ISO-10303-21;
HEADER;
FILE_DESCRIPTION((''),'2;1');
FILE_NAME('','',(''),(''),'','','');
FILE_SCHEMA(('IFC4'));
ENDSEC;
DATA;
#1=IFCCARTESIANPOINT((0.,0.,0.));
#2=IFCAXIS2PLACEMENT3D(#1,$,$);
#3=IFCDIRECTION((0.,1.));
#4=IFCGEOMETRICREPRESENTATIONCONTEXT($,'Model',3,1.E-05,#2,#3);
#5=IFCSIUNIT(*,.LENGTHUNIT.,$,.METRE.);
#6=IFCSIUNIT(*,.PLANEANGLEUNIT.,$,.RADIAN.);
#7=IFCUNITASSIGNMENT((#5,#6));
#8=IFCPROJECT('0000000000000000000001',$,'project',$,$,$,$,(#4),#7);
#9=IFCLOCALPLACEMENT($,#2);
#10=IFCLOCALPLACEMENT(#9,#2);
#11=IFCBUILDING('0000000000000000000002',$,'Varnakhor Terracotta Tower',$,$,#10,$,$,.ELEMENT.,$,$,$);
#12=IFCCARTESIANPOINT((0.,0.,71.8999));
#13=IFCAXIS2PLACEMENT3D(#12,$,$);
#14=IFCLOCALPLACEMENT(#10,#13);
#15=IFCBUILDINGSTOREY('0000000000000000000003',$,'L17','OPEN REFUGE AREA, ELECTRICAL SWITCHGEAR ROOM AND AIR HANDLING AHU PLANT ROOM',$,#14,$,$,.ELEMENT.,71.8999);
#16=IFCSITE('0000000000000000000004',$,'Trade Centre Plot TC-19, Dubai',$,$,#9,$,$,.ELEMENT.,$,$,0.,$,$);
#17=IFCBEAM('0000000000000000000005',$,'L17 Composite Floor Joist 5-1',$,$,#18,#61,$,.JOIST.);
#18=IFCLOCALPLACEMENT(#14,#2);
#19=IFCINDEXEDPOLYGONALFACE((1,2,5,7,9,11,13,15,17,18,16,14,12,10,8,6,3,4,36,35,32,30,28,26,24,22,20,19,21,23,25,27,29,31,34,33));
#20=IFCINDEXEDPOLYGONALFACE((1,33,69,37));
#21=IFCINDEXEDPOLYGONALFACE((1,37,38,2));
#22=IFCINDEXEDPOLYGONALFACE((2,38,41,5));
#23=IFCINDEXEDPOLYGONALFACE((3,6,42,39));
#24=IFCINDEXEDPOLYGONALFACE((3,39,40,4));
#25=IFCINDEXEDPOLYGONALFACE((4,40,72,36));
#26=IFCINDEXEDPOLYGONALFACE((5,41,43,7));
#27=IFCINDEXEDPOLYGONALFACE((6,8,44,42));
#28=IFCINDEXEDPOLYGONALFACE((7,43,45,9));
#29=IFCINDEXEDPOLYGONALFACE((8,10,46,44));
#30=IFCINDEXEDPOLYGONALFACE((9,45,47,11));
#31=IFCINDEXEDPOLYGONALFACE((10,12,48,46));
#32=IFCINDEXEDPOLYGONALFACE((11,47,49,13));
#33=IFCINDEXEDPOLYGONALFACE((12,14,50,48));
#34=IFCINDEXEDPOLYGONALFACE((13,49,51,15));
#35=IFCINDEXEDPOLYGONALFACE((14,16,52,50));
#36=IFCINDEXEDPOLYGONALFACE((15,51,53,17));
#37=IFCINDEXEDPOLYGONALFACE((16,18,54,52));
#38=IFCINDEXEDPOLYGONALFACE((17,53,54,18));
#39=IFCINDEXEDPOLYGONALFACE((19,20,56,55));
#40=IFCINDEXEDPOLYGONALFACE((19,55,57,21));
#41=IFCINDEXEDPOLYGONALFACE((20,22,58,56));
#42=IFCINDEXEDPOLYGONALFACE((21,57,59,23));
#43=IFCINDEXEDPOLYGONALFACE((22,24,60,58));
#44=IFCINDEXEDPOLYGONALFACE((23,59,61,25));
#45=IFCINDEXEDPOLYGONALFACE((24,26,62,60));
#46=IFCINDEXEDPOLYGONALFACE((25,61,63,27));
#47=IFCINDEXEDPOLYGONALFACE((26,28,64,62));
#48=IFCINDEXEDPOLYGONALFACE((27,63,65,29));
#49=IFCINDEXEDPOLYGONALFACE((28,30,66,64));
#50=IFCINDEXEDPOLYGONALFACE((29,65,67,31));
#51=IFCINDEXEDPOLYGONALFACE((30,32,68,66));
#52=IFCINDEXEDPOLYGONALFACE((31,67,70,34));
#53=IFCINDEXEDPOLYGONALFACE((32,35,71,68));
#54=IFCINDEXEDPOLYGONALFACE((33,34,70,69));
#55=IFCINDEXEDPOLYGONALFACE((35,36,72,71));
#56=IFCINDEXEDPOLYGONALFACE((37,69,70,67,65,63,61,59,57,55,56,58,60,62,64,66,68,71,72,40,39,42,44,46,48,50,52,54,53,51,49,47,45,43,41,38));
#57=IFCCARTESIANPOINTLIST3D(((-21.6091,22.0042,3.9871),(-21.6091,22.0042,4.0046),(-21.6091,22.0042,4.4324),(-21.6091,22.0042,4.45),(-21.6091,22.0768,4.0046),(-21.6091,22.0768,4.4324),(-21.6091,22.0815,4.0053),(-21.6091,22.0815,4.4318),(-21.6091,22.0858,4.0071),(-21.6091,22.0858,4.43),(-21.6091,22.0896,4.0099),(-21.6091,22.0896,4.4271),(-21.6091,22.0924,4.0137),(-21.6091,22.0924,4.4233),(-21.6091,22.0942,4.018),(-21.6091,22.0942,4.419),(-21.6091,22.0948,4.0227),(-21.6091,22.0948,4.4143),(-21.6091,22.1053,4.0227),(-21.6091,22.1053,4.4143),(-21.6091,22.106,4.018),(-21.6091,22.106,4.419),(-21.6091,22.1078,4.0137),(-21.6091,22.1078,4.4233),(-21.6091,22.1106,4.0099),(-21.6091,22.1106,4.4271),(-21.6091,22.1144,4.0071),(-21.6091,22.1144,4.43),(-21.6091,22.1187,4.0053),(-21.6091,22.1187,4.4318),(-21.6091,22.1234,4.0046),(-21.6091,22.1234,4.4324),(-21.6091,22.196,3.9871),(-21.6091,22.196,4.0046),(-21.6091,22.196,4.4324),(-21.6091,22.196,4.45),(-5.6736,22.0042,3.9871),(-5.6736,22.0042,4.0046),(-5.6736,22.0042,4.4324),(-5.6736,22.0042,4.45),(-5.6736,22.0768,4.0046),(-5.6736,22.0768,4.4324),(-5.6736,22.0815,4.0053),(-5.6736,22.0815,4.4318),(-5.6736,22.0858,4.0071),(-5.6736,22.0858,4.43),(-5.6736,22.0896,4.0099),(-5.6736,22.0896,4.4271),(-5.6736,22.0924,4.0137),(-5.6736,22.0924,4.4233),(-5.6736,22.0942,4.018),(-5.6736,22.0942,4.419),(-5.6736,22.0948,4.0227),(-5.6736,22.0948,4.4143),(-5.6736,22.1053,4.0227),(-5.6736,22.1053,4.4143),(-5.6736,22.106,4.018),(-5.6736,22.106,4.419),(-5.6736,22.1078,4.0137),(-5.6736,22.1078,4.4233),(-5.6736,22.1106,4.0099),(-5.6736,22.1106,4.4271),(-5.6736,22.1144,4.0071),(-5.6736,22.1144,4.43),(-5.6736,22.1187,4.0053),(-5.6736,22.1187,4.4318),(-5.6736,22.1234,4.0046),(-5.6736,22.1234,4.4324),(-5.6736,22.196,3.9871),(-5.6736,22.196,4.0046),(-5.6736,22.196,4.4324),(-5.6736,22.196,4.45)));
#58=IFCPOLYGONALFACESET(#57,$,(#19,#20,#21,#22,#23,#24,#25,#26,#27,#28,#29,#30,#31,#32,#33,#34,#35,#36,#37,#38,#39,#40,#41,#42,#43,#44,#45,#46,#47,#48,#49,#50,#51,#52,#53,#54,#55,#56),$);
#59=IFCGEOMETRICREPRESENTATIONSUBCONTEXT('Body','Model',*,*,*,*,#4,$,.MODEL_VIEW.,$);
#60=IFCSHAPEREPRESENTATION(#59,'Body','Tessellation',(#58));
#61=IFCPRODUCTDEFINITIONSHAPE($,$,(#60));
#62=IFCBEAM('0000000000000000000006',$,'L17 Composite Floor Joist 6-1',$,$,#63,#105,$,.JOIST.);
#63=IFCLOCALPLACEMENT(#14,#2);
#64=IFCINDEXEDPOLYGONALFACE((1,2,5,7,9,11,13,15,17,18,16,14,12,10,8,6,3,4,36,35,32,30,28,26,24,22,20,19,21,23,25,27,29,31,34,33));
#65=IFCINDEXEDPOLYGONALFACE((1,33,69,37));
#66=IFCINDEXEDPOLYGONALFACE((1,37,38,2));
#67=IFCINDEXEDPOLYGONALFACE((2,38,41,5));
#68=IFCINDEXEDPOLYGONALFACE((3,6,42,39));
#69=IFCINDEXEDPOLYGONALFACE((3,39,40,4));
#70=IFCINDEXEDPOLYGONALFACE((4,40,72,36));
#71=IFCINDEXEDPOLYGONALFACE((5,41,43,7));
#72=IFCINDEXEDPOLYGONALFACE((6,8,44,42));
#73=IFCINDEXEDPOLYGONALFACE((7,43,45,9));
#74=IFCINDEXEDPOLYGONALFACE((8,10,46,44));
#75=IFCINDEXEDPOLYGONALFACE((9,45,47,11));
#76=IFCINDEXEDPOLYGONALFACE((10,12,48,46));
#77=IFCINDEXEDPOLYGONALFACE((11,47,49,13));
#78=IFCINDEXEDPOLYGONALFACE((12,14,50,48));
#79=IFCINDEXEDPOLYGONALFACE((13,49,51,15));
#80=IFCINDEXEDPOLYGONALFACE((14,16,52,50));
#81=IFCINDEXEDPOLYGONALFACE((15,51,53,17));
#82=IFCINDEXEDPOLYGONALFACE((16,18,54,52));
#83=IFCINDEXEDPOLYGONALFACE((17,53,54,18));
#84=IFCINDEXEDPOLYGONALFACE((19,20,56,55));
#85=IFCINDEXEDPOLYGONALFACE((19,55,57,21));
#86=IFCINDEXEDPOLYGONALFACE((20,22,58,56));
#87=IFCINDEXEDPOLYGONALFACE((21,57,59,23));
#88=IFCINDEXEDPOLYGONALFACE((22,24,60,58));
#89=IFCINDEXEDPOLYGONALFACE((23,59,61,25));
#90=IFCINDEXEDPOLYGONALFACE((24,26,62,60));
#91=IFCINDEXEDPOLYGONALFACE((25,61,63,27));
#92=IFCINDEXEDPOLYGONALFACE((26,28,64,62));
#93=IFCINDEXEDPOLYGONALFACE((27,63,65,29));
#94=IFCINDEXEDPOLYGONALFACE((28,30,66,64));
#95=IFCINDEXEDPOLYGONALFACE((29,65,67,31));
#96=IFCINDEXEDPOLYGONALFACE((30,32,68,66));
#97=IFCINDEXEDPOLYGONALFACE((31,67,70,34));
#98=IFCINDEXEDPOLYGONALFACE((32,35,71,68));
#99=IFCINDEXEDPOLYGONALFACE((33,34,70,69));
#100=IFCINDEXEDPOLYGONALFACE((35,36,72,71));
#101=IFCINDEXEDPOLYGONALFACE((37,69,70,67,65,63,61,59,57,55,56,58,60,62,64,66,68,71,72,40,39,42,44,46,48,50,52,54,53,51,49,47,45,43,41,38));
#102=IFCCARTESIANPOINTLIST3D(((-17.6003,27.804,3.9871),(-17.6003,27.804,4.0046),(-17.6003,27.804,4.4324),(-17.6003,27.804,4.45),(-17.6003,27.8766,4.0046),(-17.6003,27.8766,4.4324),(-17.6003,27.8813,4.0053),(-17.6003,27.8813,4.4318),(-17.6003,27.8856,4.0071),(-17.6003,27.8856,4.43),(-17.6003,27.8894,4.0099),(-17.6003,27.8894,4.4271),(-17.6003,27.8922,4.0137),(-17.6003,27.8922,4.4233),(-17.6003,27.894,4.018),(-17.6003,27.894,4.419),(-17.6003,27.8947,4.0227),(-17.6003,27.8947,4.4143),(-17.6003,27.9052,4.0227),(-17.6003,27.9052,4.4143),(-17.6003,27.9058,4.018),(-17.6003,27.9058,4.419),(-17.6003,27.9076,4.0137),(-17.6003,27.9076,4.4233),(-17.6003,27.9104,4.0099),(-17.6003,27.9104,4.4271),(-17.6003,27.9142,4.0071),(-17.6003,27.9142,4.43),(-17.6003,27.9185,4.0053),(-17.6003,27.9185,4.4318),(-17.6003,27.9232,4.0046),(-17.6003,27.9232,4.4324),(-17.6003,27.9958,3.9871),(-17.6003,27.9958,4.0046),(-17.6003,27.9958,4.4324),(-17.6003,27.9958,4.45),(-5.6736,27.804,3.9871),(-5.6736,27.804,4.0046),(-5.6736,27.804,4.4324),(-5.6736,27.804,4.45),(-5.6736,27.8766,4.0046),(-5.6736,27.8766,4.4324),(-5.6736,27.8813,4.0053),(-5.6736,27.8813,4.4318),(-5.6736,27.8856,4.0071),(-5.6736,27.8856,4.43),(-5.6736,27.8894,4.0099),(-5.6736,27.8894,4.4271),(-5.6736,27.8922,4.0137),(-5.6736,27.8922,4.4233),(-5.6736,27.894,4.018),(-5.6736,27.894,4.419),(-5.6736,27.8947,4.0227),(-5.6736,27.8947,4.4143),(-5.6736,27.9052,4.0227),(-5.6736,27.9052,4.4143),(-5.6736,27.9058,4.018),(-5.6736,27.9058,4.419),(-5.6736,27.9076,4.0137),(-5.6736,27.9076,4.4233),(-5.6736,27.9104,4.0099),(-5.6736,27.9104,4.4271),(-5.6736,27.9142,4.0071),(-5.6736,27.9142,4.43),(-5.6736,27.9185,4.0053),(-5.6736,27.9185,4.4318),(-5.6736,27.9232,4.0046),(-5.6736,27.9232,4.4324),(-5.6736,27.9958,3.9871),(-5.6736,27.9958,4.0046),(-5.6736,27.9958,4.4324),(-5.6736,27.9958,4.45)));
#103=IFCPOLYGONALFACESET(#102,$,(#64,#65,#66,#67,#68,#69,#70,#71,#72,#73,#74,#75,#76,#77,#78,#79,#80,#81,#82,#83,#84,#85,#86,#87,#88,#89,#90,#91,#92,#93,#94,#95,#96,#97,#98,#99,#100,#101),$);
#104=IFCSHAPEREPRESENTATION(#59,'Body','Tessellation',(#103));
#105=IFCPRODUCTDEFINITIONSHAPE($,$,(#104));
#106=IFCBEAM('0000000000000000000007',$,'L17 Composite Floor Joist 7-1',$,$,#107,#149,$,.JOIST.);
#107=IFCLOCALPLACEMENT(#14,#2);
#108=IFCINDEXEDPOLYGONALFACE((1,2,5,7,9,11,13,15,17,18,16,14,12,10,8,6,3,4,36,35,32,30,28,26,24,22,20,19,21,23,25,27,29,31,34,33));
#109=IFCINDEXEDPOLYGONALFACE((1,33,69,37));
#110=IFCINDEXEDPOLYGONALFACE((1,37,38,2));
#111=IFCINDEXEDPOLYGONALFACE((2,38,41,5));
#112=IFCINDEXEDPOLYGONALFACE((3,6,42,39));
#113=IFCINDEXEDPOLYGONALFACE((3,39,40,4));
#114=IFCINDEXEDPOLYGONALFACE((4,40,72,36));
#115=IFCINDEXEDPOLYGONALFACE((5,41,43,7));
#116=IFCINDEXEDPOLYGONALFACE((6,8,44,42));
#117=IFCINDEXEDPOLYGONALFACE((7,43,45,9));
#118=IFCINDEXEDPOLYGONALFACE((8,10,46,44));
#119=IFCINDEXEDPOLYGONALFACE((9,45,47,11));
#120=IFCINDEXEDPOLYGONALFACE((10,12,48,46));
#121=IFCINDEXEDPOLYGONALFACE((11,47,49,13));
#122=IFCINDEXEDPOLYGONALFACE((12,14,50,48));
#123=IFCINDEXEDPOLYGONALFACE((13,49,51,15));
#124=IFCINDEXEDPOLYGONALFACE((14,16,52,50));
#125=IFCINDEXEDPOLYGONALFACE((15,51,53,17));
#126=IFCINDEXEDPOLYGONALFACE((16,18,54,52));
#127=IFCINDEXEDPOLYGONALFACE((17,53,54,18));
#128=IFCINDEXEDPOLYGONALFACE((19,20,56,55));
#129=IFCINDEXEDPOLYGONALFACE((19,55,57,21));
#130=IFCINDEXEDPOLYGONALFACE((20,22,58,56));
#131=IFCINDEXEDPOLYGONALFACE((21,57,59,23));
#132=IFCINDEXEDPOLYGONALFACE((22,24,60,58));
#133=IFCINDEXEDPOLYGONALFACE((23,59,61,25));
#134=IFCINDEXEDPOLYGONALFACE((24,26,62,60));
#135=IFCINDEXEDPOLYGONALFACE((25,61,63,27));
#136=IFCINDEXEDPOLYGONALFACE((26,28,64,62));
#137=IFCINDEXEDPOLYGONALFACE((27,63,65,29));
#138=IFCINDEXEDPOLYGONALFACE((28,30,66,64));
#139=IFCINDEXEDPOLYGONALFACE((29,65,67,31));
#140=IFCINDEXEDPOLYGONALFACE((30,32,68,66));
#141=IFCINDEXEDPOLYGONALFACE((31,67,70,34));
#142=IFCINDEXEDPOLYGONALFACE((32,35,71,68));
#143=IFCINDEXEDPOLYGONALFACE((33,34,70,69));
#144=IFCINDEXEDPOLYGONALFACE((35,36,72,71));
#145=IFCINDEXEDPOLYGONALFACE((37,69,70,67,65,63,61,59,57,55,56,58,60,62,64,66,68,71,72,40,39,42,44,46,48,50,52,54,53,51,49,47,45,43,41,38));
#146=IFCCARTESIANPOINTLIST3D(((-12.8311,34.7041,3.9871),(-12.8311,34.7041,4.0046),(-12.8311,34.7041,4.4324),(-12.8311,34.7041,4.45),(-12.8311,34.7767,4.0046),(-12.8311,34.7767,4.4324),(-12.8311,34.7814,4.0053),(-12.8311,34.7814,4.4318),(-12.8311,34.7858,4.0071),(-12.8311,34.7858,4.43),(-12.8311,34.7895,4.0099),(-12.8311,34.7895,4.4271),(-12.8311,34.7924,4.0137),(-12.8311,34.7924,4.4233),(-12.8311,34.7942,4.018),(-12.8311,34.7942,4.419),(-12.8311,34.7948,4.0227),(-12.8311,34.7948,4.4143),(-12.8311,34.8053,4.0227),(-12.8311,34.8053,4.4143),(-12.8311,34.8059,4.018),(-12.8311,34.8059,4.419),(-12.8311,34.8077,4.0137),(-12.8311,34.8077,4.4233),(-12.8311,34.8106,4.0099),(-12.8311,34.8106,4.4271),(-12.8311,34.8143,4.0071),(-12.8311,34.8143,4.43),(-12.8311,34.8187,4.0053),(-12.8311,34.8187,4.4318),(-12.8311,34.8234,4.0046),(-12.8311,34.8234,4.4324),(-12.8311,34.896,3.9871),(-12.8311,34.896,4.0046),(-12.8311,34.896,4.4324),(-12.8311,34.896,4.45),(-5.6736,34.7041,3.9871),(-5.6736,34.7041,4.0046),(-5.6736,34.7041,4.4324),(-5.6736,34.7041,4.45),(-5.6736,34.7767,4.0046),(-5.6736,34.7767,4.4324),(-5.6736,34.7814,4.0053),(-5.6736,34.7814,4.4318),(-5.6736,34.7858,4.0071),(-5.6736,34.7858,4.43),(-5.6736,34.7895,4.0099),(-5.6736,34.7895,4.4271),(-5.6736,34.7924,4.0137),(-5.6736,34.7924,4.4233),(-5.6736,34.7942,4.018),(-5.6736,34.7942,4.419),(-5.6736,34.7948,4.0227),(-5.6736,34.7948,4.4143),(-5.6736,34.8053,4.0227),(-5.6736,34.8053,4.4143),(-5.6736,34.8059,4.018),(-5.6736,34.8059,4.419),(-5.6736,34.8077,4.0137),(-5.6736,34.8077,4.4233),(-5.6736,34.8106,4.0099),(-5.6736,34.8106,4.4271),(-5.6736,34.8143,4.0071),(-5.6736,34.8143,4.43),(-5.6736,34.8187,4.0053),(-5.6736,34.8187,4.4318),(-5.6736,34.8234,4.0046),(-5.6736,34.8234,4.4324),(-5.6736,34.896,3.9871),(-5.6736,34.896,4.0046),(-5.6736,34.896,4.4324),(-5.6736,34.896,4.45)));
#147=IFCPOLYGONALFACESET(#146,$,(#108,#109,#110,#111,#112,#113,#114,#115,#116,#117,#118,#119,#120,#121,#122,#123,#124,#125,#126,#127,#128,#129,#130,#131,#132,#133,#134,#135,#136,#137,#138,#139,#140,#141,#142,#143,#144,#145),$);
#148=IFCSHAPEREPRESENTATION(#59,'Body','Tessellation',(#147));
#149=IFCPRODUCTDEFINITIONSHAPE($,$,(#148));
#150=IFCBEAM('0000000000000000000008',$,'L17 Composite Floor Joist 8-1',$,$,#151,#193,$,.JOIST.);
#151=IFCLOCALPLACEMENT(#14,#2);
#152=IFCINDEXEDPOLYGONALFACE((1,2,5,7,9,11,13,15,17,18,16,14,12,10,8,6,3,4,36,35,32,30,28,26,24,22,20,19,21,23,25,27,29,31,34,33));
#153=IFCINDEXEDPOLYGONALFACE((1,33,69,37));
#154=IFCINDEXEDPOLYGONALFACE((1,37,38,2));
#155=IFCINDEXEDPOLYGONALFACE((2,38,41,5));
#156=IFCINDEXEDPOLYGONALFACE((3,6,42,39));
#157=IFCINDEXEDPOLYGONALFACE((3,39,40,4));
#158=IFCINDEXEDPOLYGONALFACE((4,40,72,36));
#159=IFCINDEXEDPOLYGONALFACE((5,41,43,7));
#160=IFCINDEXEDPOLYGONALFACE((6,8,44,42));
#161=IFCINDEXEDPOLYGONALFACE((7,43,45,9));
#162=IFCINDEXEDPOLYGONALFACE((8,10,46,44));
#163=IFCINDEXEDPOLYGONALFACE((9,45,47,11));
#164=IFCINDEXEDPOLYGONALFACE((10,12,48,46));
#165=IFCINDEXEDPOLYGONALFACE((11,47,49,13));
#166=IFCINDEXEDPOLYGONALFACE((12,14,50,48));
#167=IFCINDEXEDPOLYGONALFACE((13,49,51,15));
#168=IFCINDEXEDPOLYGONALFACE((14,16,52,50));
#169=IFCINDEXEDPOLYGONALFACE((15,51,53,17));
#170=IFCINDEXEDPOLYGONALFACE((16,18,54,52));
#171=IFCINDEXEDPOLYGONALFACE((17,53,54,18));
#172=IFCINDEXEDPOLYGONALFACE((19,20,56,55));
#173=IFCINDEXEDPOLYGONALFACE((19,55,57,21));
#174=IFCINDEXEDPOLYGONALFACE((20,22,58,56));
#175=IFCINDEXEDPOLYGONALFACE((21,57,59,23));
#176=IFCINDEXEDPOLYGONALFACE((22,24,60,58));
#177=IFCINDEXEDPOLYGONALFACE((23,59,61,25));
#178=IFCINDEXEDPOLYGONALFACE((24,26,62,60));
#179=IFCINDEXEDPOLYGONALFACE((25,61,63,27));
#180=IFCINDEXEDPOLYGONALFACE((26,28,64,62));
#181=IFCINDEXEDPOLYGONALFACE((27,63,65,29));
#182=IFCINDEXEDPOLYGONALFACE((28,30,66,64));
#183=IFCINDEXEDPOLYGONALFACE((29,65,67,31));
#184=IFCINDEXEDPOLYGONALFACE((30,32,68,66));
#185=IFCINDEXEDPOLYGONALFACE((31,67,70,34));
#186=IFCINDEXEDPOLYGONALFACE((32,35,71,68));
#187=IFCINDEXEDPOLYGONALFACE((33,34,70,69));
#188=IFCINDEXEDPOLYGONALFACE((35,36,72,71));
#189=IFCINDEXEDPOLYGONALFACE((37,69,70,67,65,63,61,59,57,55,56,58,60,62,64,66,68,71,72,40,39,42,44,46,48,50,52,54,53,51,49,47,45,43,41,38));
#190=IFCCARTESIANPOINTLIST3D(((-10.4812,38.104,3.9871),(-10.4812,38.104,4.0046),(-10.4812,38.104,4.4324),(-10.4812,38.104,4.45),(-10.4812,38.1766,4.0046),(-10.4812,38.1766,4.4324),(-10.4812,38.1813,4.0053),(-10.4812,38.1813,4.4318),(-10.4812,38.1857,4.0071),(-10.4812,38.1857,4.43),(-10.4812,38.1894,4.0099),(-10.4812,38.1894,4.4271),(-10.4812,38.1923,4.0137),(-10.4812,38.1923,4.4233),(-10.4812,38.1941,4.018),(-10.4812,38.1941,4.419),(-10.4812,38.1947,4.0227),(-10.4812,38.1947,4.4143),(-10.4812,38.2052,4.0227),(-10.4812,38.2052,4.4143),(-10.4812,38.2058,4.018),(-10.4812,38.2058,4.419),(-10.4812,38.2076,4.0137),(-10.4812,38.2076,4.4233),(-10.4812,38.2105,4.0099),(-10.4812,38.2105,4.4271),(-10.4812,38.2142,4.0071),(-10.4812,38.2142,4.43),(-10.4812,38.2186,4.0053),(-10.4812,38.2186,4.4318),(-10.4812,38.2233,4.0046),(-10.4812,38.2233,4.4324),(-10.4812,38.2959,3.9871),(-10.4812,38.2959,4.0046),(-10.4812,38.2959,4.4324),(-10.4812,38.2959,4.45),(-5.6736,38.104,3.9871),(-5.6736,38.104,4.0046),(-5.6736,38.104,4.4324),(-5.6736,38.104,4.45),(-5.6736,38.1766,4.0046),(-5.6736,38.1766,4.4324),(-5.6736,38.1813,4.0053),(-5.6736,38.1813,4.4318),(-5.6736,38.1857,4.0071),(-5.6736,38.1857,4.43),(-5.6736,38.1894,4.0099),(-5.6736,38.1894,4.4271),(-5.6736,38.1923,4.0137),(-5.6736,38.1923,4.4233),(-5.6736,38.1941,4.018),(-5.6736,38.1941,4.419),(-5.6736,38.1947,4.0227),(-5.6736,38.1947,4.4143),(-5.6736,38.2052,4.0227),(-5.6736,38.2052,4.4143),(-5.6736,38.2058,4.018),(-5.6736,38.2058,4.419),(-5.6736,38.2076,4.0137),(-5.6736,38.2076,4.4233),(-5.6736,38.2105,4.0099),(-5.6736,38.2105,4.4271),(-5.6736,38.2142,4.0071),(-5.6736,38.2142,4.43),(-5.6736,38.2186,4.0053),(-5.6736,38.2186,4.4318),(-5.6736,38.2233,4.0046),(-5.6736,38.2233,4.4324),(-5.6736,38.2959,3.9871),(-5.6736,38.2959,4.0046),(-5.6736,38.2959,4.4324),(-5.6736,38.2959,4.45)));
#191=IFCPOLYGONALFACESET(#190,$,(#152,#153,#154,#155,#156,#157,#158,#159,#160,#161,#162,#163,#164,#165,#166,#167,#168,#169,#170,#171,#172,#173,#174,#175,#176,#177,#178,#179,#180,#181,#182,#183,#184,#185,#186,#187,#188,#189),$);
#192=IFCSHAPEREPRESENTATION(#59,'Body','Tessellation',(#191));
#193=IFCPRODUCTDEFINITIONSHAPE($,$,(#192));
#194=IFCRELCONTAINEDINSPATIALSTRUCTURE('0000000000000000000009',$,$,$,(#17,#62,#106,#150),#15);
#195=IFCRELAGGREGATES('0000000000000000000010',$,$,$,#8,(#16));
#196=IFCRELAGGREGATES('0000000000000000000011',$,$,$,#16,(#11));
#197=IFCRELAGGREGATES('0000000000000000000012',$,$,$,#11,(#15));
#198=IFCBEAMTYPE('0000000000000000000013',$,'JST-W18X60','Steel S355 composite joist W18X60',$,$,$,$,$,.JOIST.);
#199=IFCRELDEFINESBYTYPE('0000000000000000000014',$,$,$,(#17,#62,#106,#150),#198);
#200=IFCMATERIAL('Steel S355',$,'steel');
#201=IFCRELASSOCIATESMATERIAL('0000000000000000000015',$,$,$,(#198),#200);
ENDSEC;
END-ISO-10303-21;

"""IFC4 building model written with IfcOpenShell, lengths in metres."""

from ifc_helpers import new_model, si_unit, direction, frame, origin, origin_2d, place, context, subcontext, project, spatial, i_section, extrude, source, transform, mapped, material, material_profile, profile_set, type_object, element, save


model = new_model("IFC4")

# Units and contexts
model_context = context("Model", 3, precision=1e-05, world=origin(), true_north=direction((0.0, 1.0)))
body_context = subcontext(model_context, "Body", "Model", "MODEL_VIEW")
ifc_project = project(units=[si_unit("LENGTHUNIT", "METRE"), si_unit("PLANEANGLEUNIT", "RADIAN")], contexts=[model_context])

# Site, building, storey
site_placement = place(None, origin())
site = spatial("IfcSite", under=ifc_project, at=site_placement, Name="Trade Centre Plot TC-19, Dubai", CompositionType="ELEMENT", RefElevation=0.0)
building_placement = place(site_placement, origin())
building = spatial("IfcBuilding", under=site, at=building_placement, Name="Varnakhor Terracotta Tower", CompositionType="ELEMENT")
storey_placement = place(building_placement, frame((0.0, 0.0, 71.8999)))
storey = spatial("IfcBuildingStorey", under=building, at=storey_placement, Name="L17", Description="OPEN REFUGE AREA, ELECTRICAL SWITCHGEAR ROOM AND AIR HANDLING AHU PLANT ROOM", CompositionType="ELEMENT", Elevation=71.8999)

# Beams
ifc_material_1 = material(Name="Steel S355", Category="steel")
ifc_material_profile_1 = material_profile(ifc_material_1, i_section(OverallWidth=0.1919, OverallDepth=0.4629, WebThickness=0.0105, FlangeThickness=0.0176, FilletRadius=0.0181, at=origin_2d()), Name="W18X60")
ifc_profile_set_1 = profile_set([ifc_material_profile_1], Name="Steel S355")
beam_type_1 = type_object("IfcBeamType", Name="JST-W18X60", Description="Steel S355 composite joist W18X60", PredefinedType="JOIST", material=ifc_profile_set_1)
shared_shape_1 = source(origin(), body_context, "Body", "SweptSolid", [
    extrude(i_section(OverallWidth=0.1919, OverallDepth=0.4629, WebThickness=0.0105, FlangeThickness=0.0176, FilletRadius=0.0181, at=origin_2d()), origin(), (0.0, 0.0, 1.0), 15.9355),
])
beam_1_placement = place(storey_placement, frame((-21.6091, 22.1001, 4.2185), z_axis=(1.0, 0.0, 0.0), x_axis=(0.0, 1.0, 0.0)))
element("IfcBeam", 1, at=beam_1_placement, inside=storey, type_object=beam_type_1, Name="L17 Composite Floor Joist 5-1", PredefinedType="JOIST", context=body_context, shape_type="MappedRepresentation", body=[
    mapped(shared_shape_1, transform((0.0, 0.0, 0.0), scale=1.0)),
])
shared_shape_2 = source(origin(), body_context, "Body", "SweptSolid", [
    extrude(i_section(OverallWidth=0.1919, OverallDepth=0.4629, WebThickness=0.0105, FlangeThickness=0.0176, FilletRadius=0.0181, at=origin_2d()), origin(), (0.0, 0.0, 1.0), 11.9268),
])
beam_2_placement = place(storey_placement, frame((-17.6003, 27.8999, 4.2185), z_axis=(1.0, 0.0, 0.0), x_axis=(0.0, 1.0, 0.0)))
element("IfcBeam", 2, at=beam_2_placement, inside=storey, type_object=beam_type_1, Name="L17 Composite Floor Joist 6-1", PredefinedType="JOIST", context=body_context, shape_type="MappedRepresentation", body=[
    mapped(shared_shape_2, transform((0.0, 0.0, 0.0), scale=1.0)),
])
shared_shape_3 = source(origin(), body_context, "Body", "SweptSolid", [
    extrude(i_section(OverallWidth=0.1919, OverallDepth=0.4629, WebThickness=0.0105, FlangeThickness=0.0176, FilletRadius=0.0181, at=origin_2d()), origin(), (0.0, 0.0, 1.0), 7.1575),
])
beam_3_placement = place(storey_placement, frame((-12.8311, 34.8, 4.2185), z_axis=(1.0, 0.0, 0.0), x_axis=(0.0, 1.0, 0.0)))
element("IfcBeam", 3, at=beam_3_placement, inside=storey, type_object=beam_type_1, Name="L17 Composite Floor Joist 7-1", PredefinedType="JOIST", context=body_context, shape_type="MappedRepresentation", body=[
    mapped(shared_shape_3, transform((0.0, 0.0, 0.0), scale=1.0)),
])
shared_shape_4 = source(origin(), body_context, "Body", "SweptSolid", [
    extrude(i_section(OverallWidth=0.1919, OverallDepth=0.4629, WebThickness=0.0105, FlangeThickness=0.0176, FilletRadius=0.0181, at=origin_2d()), origin(), (0.0, 0.0, 1.0), 4.8076),
])
beam_4_placement = place(storey_placement, frame((-10.4812, 38.2, 4.2185), z_axis=(1.0, 0.0, 0.0), x_axis=(0.0, 1.0, 0.0)))
element("IfcBeam", 4, at=beam_4_placement, inside=storey, type_object=beam_type_1, Name="L17 Composite Floor Joist 8-1", PredefinedType="JOIST", context=body_context, shape_type="MappedRepresentation", body=[
    mapped(shared_shape_4, transform((0.0, 0.0, 0.0), scale=1.0)),
])

save(model, "model.ifc")
